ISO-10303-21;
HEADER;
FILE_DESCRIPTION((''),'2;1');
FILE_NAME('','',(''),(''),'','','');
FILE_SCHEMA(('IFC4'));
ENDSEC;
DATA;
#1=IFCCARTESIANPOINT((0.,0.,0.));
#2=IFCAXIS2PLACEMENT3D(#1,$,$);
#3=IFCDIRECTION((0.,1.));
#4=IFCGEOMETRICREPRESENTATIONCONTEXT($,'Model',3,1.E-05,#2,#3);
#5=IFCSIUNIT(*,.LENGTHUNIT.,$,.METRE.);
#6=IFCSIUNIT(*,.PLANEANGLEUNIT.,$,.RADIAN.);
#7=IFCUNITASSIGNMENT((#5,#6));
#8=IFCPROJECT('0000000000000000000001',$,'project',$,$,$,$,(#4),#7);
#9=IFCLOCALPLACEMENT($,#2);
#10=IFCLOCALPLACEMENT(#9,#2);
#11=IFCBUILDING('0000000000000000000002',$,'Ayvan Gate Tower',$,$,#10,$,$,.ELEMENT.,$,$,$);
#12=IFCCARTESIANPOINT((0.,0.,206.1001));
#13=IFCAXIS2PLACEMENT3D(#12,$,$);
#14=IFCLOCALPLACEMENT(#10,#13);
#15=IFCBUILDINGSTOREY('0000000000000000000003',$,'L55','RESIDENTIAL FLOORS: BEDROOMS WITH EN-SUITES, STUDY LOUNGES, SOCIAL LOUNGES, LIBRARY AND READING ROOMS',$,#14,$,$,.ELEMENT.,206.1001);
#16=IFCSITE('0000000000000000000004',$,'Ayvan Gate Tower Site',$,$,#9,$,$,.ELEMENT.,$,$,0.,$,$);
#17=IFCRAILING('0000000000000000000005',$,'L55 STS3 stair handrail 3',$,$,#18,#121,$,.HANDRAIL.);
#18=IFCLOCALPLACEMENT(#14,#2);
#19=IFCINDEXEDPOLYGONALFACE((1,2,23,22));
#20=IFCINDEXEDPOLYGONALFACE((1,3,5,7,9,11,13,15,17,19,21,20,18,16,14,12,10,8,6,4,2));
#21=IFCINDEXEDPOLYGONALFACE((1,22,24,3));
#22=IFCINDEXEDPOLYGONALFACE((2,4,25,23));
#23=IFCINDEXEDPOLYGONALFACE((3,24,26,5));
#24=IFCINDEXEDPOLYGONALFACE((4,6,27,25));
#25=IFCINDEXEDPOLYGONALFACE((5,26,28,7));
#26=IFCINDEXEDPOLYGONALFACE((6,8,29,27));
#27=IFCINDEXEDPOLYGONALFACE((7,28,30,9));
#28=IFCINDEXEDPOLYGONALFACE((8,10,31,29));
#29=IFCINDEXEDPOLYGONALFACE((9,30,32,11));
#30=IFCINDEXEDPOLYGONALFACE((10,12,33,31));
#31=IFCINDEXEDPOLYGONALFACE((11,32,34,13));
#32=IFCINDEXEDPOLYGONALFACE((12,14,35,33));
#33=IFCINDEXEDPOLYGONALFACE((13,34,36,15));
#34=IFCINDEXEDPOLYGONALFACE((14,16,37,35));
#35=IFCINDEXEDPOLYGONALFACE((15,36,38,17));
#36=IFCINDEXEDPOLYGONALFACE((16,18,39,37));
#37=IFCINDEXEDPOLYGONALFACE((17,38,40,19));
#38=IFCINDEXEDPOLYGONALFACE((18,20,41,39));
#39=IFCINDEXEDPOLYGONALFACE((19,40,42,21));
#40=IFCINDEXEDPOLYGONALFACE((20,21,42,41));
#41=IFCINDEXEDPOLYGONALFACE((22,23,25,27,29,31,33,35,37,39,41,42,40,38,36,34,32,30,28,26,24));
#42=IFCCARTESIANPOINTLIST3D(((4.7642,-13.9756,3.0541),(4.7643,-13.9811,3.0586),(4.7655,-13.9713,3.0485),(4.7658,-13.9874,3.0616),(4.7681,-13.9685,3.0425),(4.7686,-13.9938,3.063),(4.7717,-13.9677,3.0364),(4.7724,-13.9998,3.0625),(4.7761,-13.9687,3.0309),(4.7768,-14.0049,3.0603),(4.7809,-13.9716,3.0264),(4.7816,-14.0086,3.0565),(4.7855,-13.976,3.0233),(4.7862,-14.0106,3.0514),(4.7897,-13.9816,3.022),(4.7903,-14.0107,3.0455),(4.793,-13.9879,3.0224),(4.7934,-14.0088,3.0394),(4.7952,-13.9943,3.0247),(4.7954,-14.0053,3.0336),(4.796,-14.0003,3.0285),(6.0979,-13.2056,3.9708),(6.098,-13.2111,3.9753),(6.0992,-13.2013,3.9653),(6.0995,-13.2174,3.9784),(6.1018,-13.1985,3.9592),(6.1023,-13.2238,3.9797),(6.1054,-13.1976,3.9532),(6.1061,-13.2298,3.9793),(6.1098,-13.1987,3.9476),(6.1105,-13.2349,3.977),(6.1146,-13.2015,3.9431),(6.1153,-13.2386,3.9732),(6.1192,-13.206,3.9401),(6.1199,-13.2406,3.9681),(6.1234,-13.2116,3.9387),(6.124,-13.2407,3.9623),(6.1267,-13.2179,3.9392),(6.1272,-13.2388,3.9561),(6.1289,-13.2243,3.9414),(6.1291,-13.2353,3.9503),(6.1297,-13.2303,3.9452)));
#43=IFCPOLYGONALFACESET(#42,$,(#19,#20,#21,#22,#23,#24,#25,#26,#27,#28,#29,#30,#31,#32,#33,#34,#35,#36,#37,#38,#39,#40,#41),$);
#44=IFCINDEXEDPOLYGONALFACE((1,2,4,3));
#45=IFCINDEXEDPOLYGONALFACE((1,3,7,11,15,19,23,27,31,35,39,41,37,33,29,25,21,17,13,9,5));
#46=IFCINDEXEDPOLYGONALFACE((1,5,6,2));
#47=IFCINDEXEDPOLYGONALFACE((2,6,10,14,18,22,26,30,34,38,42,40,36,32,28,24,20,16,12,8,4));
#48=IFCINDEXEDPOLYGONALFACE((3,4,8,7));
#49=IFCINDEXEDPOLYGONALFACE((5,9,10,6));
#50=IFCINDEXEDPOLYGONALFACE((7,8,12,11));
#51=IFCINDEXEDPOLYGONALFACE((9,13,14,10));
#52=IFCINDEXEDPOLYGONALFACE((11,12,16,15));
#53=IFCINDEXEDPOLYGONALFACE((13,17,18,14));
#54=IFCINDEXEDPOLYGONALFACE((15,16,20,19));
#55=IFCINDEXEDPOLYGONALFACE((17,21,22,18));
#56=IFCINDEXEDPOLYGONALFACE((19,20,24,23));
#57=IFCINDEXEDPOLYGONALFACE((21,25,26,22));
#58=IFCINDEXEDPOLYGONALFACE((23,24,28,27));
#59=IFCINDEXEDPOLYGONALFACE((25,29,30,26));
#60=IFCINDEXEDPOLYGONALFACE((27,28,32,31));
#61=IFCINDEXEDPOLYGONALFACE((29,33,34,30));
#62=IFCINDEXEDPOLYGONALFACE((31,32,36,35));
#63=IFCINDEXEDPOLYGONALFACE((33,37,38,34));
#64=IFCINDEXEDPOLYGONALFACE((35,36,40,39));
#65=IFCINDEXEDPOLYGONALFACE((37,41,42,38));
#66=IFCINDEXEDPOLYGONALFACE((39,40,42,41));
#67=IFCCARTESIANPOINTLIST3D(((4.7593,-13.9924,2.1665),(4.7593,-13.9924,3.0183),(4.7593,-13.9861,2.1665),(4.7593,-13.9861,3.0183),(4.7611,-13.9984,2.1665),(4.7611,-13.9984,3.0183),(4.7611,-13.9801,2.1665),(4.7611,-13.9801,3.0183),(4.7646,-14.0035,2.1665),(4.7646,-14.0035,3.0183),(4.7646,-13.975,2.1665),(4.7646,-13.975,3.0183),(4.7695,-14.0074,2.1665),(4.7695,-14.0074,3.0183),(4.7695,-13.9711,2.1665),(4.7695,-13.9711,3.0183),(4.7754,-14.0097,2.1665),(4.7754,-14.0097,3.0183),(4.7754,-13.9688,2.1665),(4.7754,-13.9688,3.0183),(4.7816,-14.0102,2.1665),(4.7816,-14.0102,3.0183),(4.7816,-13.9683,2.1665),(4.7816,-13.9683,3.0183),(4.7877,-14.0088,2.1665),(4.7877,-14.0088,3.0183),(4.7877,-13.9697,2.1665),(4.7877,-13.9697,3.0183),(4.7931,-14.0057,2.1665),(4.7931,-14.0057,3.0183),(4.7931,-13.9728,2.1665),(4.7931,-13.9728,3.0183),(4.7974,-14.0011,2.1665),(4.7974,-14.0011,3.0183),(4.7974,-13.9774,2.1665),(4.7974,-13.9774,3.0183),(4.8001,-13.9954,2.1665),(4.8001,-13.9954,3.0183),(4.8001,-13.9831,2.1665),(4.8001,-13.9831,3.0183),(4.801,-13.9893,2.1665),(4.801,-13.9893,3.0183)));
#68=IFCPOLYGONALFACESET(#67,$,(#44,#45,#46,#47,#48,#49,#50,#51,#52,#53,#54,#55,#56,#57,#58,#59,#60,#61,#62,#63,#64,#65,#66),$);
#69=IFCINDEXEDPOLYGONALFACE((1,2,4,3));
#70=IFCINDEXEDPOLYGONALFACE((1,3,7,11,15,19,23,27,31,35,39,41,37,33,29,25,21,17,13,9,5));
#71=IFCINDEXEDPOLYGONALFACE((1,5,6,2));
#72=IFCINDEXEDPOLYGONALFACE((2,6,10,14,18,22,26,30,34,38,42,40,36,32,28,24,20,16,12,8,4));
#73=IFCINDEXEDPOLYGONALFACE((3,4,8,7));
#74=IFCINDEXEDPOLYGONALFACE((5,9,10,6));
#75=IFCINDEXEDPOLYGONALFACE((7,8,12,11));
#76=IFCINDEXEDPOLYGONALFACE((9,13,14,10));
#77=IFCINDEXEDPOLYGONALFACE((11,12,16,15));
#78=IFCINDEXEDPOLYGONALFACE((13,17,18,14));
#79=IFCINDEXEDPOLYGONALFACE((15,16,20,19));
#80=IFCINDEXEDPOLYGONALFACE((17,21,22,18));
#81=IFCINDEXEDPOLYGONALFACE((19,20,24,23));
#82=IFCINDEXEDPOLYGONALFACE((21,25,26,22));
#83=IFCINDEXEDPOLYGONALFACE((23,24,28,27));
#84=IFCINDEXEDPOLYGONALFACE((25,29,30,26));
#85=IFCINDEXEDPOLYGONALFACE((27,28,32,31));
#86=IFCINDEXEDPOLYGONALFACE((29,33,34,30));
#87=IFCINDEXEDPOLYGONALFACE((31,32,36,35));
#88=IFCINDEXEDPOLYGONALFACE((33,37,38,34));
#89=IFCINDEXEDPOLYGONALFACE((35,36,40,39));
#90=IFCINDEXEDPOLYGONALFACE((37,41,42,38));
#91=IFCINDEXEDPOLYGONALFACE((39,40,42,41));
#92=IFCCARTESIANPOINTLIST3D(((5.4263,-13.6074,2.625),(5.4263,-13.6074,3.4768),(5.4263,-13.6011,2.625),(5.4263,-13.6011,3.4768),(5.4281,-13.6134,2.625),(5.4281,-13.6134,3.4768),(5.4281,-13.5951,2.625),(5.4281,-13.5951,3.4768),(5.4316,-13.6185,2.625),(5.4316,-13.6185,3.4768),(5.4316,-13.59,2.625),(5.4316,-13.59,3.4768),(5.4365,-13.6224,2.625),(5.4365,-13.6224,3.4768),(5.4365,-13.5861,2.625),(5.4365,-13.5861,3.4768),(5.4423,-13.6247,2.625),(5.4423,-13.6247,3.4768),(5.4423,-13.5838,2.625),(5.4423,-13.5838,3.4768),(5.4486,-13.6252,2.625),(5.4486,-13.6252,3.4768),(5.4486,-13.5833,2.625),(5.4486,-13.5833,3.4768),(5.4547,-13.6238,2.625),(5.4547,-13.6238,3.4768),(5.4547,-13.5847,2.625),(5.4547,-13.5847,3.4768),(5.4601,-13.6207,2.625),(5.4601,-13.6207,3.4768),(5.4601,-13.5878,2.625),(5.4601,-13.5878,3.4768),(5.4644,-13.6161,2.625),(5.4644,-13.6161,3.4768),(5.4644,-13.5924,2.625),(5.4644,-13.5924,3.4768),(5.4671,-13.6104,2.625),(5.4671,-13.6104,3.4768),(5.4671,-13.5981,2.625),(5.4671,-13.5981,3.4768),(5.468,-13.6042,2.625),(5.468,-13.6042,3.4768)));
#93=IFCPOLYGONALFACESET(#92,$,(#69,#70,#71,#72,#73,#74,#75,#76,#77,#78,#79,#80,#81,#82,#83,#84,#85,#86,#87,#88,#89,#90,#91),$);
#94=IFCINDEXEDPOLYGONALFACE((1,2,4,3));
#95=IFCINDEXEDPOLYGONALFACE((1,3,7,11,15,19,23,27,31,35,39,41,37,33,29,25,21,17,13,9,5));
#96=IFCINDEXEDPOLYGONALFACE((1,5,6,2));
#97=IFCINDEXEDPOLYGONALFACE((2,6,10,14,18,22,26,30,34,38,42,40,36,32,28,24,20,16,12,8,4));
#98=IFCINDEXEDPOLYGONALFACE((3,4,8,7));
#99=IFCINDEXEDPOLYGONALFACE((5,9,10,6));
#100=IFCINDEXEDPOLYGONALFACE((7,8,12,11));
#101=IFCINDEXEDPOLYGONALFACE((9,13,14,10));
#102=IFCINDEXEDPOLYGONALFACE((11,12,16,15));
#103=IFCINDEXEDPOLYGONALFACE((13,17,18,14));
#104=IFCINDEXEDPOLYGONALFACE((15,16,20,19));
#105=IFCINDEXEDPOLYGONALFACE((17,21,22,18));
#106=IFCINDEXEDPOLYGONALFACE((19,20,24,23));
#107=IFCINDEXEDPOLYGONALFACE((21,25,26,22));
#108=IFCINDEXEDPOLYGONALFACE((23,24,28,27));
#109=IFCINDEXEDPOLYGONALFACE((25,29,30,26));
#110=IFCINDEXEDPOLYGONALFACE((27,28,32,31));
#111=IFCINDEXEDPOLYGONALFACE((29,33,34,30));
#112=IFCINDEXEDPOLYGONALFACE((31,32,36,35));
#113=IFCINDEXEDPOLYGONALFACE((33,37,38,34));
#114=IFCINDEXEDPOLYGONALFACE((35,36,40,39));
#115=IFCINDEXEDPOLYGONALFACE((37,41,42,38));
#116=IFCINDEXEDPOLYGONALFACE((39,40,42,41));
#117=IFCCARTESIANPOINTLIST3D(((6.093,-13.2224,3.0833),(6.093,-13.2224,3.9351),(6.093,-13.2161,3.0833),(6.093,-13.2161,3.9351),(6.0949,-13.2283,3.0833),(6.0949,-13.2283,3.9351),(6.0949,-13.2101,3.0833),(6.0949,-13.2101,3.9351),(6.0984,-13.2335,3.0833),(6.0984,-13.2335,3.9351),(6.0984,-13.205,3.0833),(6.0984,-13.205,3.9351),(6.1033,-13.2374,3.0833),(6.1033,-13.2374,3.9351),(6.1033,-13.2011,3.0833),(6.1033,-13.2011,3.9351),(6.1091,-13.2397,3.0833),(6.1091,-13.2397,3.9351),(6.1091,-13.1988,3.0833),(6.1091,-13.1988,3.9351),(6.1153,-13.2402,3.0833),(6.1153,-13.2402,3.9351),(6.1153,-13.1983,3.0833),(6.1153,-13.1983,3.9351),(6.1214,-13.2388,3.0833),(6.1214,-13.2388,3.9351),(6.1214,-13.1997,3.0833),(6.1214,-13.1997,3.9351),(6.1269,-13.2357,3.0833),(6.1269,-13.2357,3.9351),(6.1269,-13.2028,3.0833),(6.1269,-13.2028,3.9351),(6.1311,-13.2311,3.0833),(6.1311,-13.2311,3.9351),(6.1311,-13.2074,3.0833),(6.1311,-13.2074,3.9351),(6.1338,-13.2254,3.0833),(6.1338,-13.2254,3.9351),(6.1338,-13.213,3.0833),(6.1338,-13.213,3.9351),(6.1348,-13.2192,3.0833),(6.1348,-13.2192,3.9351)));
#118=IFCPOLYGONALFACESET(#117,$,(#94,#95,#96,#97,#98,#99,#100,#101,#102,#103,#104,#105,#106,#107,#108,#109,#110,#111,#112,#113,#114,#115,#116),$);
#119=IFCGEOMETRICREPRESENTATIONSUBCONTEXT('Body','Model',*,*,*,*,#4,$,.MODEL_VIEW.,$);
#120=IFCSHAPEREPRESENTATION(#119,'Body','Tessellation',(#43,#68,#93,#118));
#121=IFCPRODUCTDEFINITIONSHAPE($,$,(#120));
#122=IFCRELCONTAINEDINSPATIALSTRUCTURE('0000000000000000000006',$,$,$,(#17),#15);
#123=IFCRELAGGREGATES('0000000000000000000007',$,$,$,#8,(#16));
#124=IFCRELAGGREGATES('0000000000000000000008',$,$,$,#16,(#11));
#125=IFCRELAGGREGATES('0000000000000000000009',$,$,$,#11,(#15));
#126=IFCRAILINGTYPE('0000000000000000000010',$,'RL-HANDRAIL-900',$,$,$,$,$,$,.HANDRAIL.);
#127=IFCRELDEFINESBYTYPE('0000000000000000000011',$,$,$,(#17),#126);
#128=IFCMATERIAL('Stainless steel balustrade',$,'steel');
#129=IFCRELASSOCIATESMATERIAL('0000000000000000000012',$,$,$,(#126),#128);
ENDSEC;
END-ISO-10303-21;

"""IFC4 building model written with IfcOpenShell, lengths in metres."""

from ifc_helpers import new_model, si_unit, direction, frame, origin, origin_2d, place, context, subcontext, project, spatial, circle, extrude, material, type_object, element, save


model = new_model("IFC4")

# Units and contexts
model_context = context("Model", 3, precision=1e-05, world=origin(), true_north=direction((0.0, 1.0)))
body_context = subcontext(model_context, "Body", "Model", "MODEL_VIEW")
ifc_project = project(units=[si_unit("LENGTHUNIT", "METRE"), si_unit("PLANEANGLEUNIT", "RADIAN")], contexts=[model_context])

# Site, building, storey
site_placement = place(None, origin())
site = spatial("IfcSite", under=ifc_project, at=site_placement, Name="Ayvan Gate Tower Site", CompositionType="ELEMENT", RefElevation=0.0)
building_placement = place(site_placement, origin())
building = spatial("IfcBuilding", under=site, at=building_placement, Name="Ayvan Gate Tower", CompositionType="ELEMENT")
storey_placement = place(building_placement, frame((0.0, 0.0, 206.1001)))
storey = spatial("IfcBuildingStorey", under=building, at=storey_placement, Name="L55", Description="RESIDENTIAL FLOORS: BEDROOMS WITH EN-SUITES, STUDY LOUNGES, SOCIAL LOUNGES, LIBRARY AND READING ROOMS", CompositionType="ELEMENT", Elevation=206.1001)

# Railing
ifc_material_1 = material(Name="Stainless steel balustrade", Category="steel")
railing_type_1 = type_object("IfcRailingType", Name="RL-HANDRAIL-900", PredefinedType="HANDRAIL", material=ifc_material_1)
railing_1_placement = place(storey_placement, frame((4.78, -13.9893, 2.1665)))
element("IfcRailing", 1, at=railing_1_placement, inside=storey, type_object=railing_type_1, Name="L55 STS3 stair handrail 3", PredefinedType="HANDRAIL", context=body_context, shape_type="SweptSolid", body=[
    extrude(circle(Radius=0.0239, at=origin_2d()), frame((0.0, 0.0, 0.876), z_axis=(0.744164, 0.429634, 0.511502), x_axis=(-0.499992, 0.86603, 0.0)), (0.0, 0.0, 1.0), 1.7922),
    extrude(circle(Radius=0.021, at=origin_2d()), origin(), (0.0, 0.0, 1.0), 0.8518),
    extrude(circle(Radius=0.021, at=origin_2d()), frame((0.667, 0.385, 0.4585)), (0.0, 0.0, 1.0), 0.8518),
    extrude(circle(Radius=0.021, at=origin_2d()), frame((1.3337, 0.77, 0.9167)), (0.0, 0.0, 1.0), 0.8518),
])

save(model, "model.ifc")
